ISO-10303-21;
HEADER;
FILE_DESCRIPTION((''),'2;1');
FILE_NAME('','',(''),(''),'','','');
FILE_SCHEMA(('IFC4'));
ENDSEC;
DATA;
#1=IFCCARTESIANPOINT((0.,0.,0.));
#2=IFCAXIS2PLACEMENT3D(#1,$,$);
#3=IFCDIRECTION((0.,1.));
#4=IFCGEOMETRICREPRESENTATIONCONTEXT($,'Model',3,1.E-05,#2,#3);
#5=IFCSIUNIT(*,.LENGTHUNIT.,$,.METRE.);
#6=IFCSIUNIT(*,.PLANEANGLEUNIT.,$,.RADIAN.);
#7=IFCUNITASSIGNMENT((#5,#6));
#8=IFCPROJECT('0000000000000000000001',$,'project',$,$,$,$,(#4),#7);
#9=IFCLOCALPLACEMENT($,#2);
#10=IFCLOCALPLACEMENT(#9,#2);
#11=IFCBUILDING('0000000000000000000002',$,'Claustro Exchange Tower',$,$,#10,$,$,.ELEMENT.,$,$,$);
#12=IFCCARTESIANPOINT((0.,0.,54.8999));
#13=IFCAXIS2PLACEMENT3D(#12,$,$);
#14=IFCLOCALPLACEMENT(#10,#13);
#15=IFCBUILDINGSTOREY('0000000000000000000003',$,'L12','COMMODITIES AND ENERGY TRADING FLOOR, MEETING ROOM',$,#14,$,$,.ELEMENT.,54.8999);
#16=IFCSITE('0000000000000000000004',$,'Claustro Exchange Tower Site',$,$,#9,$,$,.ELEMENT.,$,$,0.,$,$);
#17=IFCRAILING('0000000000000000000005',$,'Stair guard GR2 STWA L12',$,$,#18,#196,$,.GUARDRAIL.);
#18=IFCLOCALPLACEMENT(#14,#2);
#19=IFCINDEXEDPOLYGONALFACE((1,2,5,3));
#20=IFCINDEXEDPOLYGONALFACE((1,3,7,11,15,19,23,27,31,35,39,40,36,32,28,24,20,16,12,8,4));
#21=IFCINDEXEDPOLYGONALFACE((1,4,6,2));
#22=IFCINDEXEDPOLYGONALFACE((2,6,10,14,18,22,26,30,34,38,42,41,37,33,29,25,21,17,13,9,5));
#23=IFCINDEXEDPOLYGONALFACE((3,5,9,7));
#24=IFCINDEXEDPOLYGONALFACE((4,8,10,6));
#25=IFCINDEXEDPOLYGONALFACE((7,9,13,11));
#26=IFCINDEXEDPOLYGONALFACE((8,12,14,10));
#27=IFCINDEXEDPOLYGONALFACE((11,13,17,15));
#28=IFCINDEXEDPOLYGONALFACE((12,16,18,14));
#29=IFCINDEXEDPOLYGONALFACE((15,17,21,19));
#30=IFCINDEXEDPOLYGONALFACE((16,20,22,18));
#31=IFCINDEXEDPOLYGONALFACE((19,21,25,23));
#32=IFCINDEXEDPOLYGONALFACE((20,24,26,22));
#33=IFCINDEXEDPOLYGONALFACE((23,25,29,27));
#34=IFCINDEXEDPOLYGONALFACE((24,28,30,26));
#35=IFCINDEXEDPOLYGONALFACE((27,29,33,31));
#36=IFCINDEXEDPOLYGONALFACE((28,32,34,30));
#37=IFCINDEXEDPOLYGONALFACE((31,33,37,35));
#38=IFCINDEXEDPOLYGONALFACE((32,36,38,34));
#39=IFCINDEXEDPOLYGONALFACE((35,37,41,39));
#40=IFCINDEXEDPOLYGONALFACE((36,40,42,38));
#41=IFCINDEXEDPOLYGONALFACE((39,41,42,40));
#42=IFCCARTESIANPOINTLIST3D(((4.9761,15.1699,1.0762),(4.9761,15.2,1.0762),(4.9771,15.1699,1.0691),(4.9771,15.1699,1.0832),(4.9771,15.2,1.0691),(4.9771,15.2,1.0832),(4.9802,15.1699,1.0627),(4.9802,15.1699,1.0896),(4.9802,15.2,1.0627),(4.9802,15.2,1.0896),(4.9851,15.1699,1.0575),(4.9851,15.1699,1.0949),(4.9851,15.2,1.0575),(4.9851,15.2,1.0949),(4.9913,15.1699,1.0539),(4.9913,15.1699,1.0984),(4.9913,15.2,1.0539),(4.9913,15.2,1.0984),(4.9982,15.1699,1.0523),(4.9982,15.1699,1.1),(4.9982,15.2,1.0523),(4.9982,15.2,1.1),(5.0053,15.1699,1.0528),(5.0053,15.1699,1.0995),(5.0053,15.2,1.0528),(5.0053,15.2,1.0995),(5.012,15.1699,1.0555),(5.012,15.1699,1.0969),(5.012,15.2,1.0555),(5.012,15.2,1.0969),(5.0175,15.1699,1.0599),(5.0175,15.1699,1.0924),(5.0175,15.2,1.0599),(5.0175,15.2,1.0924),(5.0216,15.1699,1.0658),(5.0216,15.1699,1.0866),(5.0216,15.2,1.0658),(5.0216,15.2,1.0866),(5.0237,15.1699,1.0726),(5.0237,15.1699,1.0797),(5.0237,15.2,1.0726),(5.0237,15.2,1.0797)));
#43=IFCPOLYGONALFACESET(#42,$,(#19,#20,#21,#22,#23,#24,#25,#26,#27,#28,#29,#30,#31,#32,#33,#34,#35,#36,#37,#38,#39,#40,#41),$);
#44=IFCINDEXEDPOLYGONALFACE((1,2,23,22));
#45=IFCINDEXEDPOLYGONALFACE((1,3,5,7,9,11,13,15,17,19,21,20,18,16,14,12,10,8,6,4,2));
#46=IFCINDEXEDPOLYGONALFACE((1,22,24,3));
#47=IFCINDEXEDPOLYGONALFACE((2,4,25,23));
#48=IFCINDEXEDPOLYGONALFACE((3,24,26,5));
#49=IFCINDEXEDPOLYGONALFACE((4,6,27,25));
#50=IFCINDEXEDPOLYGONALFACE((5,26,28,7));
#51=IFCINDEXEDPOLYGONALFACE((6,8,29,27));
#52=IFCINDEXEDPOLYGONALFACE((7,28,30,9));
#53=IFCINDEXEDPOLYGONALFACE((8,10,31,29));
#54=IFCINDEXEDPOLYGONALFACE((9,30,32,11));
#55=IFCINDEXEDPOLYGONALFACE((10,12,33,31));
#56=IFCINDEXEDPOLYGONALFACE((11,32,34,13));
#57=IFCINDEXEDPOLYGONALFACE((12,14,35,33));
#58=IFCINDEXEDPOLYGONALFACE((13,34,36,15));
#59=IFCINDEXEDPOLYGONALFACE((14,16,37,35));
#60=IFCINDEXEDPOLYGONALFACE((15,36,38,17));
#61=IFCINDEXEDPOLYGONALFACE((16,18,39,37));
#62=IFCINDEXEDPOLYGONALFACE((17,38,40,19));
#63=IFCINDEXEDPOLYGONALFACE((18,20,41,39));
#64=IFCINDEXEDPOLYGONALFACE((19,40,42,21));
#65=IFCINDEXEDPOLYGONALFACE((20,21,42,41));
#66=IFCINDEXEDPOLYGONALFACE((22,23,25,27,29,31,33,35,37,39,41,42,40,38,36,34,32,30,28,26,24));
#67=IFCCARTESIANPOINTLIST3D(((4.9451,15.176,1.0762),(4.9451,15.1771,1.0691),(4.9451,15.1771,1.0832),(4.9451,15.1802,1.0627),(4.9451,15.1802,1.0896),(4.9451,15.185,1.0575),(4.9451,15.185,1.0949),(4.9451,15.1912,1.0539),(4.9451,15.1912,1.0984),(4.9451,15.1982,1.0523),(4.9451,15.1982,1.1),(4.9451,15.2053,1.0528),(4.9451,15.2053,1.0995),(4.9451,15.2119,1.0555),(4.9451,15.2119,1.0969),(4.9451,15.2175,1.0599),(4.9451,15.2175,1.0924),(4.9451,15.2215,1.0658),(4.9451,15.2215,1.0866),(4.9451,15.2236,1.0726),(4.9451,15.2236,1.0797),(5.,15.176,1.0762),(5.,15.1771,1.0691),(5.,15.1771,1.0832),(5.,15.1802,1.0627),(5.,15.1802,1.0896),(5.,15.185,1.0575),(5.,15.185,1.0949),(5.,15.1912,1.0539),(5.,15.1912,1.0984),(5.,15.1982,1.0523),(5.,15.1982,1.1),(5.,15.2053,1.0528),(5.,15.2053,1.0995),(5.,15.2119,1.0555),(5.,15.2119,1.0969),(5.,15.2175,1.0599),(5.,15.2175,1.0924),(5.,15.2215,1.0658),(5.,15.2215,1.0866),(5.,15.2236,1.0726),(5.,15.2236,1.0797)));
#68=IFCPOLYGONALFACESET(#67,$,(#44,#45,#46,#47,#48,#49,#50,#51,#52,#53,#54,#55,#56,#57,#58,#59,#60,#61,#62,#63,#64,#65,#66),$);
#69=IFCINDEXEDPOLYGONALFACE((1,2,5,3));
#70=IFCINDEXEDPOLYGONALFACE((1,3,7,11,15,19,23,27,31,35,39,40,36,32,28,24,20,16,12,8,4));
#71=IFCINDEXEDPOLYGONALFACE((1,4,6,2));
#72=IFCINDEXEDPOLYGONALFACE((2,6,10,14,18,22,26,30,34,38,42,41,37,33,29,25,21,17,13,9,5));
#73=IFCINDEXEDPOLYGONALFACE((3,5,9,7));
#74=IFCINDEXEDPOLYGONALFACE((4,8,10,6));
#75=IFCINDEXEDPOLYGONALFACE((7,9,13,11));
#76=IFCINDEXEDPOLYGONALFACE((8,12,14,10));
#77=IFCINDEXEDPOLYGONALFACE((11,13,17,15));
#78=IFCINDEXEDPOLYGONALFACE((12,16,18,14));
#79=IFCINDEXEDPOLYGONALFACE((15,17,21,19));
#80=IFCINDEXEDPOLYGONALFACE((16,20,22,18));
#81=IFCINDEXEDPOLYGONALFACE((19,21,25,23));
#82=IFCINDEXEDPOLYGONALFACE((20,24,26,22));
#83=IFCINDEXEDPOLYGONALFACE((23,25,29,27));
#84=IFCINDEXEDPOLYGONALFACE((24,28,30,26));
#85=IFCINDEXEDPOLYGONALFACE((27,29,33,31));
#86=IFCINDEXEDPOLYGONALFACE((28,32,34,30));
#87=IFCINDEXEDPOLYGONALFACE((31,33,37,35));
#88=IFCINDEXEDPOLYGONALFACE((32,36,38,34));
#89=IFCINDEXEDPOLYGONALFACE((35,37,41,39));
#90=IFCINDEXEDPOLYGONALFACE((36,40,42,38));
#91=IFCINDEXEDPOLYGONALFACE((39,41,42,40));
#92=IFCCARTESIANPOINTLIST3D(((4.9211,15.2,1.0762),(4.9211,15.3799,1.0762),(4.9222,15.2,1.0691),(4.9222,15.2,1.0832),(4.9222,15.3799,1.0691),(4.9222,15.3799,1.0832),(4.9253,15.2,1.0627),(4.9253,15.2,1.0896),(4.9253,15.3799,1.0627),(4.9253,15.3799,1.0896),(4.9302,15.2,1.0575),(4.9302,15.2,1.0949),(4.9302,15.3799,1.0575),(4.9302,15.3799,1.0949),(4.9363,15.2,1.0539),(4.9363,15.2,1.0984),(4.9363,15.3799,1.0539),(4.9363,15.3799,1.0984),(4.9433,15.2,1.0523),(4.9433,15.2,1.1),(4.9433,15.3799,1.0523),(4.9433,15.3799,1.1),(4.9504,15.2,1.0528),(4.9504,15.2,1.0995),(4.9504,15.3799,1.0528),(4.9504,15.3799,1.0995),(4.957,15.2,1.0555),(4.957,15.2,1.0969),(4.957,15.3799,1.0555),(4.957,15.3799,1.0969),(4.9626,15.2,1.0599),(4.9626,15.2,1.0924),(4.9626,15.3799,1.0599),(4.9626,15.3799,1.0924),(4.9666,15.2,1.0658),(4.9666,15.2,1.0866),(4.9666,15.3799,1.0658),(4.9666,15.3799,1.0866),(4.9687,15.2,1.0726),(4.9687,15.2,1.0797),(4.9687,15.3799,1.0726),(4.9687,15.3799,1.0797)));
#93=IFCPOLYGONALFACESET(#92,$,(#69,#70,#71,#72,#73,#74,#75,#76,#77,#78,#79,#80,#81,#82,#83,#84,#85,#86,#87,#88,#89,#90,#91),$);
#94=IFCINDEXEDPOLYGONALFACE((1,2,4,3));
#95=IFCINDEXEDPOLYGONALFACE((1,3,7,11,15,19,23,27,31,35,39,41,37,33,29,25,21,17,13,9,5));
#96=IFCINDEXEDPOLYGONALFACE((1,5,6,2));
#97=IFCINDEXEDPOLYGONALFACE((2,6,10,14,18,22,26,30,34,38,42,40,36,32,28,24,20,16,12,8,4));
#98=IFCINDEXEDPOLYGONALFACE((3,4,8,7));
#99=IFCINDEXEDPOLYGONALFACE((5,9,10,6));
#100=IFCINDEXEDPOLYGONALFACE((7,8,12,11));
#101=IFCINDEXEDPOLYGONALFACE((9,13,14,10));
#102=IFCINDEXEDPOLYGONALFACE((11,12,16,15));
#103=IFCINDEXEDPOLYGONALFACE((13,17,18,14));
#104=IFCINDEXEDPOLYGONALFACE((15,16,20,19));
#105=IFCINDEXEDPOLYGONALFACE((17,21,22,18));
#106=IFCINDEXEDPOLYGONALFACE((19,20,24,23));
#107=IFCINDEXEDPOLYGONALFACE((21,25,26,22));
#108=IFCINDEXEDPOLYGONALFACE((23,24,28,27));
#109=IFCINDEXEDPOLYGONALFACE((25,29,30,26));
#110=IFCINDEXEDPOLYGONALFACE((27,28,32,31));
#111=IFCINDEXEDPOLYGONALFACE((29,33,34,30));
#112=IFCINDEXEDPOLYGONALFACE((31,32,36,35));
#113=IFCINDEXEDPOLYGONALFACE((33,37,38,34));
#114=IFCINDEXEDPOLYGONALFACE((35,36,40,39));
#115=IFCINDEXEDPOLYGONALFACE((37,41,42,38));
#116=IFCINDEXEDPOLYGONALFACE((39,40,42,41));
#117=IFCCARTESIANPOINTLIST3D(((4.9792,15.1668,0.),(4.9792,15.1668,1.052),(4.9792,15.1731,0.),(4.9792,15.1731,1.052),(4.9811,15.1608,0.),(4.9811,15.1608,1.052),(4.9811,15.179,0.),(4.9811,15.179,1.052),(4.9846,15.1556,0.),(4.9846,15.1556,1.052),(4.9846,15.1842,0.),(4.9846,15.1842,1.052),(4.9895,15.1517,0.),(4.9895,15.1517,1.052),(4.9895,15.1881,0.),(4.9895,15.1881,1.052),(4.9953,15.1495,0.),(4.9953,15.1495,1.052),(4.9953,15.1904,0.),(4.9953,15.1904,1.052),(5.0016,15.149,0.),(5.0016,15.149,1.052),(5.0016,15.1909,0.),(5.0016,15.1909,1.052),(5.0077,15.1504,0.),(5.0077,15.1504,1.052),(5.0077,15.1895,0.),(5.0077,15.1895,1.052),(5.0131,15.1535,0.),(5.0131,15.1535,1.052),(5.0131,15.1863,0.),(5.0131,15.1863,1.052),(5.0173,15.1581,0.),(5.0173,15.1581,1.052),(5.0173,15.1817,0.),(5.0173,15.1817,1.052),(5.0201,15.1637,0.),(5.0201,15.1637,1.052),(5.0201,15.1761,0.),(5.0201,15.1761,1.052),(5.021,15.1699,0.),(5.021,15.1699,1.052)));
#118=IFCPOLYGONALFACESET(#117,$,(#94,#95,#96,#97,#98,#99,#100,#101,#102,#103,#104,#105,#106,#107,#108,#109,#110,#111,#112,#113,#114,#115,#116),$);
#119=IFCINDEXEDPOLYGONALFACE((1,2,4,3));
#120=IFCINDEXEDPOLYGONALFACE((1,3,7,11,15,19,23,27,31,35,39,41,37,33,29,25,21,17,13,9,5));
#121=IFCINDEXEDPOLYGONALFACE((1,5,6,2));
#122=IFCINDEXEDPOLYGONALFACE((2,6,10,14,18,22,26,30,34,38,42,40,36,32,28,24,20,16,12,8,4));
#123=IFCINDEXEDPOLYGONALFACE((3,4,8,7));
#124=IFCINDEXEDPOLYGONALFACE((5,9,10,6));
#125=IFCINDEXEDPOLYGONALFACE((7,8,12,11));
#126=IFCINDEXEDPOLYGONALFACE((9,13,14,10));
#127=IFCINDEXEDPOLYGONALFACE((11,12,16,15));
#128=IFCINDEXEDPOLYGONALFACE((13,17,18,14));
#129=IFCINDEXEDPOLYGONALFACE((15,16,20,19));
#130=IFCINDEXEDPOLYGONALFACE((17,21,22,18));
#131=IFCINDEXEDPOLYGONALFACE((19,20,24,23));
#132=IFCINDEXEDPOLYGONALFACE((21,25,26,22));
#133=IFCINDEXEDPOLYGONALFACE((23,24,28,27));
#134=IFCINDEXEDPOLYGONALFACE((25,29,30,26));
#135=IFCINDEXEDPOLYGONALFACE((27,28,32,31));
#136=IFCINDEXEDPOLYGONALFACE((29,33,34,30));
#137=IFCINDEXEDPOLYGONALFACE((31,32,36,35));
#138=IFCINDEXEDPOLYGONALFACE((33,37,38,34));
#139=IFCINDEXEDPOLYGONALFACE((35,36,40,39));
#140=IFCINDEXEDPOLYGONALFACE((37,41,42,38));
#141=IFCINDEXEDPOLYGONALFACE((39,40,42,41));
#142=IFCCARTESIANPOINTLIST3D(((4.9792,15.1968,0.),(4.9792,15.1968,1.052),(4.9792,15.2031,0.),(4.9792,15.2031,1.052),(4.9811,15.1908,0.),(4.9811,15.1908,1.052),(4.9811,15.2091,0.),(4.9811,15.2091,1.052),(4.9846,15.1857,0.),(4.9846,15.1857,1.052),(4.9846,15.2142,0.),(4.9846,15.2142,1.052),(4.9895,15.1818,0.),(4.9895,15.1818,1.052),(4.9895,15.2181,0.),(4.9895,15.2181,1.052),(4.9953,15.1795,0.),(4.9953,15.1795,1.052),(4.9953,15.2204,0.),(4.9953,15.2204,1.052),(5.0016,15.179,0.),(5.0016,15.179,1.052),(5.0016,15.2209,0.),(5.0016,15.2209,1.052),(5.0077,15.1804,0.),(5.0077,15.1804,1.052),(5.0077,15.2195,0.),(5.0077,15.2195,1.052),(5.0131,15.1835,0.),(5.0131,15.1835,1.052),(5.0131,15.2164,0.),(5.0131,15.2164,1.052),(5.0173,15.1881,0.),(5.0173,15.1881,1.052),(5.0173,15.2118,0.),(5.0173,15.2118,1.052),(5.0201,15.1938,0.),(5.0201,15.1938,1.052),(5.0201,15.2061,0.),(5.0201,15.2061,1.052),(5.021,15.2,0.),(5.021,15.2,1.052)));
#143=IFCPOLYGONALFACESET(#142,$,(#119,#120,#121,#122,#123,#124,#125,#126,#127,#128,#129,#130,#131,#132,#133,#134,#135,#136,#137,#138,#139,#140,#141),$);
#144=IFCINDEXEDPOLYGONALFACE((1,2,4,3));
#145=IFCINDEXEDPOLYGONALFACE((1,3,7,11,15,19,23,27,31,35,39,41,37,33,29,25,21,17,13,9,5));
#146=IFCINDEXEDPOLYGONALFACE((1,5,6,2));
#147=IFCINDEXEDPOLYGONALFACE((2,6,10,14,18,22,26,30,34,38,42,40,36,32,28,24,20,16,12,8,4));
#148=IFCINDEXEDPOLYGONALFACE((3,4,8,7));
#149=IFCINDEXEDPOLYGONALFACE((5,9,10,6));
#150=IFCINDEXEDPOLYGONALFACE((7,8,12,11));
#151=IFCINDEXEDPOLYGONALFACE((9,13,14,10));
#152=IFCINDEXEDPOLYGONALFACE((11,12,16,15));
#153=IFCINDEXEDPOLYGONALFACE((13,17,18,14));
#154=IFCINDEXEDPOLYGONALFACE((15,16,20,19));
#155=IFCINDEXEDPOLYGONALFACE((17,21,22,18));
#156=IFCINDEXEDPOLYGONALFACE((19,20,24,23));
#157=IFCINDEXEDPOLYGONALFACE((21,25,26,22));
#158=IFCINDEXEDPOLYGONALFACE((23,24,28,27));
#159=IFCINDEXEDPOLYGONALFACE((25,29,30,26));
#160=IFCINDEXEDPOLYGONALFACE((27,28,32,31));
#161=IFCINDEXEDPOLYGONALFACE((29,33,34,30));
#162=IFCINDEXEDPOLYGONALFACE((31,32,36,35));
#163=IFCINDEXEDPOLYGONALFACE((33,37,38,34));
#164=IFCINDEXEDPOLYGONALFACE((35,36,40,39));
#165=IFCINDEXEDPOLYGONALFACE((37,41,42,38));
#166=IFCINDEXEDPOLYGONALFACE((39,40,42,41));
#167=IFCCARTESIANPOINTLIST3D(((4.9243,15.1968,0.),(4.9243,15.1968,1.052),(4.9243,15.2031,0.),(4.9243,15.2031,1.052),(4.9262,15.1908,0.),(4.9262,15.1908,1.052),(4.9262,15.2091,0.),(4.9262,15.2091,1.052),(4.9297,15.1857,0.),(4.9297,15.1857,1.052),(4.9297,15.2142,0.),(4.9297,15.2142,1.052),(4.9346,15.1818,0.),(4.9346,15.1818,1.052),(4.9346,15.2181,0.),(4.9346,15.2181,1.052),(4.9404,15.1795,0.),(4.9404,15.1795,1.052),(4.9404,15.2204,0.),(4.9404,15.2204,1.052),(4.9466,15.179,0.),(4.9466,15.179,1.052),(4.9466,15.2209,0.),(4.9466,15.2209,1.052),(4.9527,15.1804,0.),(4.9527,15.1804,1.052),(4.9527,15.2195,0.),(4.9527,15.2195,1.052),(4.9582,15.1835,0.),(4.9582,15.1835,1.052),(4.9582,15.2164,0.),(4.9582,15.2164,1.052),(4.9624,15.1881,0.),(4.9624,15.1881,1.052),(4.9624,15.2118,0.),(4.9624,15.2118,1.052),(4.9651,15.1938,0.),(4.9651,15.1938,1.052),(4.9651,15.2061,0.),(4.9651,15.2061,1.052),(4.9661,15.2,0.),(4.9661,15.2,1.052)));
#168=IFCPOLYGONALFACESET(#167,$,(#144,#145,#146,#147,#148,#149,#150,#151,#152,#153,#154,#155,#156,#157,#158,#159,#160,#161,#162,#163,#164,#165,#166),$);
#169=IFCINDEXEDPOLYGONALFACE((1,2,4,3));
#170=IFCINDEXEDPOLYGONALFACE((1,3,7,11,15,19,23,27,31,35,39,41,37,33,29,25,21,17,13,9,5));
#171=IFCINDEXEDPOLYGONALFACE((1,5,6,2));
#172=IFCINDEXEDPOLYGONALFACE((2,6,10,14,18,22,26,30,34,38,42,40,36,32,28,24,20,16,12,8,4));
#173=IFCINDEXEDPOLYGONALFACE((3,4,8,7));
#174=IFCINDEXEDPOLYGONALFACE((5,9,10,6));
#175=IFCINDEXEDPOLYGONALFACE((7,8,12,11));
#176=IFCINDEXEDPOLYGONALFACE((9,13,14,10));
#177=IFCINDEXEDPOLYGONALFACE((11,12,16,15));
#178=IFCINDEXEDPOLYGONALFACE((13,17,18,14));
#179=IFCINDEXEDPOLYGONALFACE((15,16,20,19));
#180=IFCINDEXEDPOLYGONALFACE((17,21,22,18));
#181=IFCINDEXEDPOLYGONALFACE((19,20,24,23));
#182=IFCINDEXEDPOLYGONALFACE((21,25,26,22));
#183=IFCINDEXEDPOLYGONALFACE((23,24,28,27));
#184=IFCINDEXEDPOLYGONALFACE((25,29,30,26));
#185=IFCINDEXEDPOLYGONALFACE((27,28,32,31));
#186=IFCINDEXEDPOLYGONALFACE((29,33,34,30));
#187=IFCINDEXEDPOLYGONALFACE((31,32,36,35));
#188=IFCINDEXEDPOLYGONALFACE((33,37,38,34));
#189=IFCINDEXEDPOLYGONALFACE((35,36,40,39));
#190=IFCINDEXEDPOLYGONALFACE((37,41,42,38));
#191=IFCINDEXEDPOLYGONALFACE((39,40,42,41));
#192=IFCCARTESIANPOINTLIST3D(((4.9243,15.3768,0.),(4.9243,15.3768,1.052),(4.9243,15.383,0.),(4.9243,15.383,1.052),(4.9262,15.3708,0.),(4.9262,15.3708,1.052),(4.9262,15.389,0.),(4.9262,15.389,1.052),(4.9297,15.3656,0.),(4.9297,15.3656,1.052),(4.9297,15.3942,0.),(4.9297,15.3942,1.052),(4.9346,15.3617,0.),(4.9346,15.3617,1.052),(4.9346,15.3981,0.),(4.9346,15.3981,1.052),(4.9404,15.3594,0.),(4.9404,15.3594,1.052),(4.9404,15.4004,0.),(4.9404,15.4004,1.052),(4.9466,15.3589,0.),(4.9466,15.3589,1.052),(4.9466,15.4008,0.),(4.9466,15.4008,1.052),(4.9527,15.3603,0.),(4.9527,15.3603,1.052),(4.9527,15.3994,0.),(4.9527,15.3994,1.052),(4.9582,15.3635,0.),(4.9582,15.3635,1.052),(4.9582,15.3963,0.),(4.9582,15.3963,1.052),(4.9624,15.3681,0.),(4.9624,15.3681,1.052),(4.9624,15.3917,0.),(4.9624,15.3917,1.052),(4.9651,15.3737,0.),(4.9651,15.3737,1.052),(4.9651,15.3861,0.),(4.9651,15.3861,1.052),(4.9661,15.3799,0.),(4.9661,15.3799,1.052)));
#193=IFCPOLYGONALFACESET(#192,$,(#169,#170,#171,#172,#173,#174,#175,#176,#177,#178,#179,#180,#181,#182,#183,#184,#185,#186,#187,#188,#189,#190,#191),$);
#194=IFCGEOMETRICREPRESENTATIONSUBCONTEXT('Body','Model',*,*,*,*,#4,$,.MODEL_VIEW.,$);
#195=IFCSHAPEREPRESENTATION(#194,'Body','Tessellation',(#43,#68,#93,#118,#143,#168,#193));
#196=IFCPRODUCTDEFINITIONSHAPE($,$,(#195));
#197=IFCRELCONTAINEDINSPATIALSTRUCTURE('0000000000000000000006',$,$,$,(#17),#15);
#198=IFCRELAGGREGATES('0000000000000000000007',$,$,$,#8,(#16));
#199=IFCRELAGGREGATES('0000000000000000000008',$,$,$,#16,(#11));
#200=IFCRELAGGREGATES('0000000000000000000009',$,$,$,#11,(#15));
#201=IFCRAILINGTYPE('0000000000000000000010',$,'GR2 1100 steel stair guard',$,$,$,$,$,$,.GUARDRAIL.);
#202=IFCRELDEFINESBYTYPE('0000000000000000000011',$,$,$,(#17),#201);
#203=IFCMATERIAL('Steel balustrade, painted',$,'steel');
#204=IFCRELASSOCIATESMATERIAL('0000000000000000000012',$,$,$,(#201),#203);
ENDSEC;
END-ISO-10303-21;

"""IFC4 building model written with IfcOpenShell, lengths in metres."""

from ifc_helpers import new_model, si_unit, direction, frame, origin, origin_2d, place, context, subcontext, project, spatial, circle, extrude, material, type_object, element, save


model = new_model("IFC4")

# Units and contexts
model_context = context("Model", 3, precision=1e-05, world=origin(), true_north=direction((0.0, 1.0)))
body_context = subcontext(model_context, "Body", "Model", "MODEL_VIEW")
ifc_project = project(units=[si_unit("LENGTHUNIT", "METRE"), si_unit("PLANEANGLEUNIT", "RADIAN")], contexts=[model_context])

# Site, building, storey
site_placement = place(None, origin())
site = spatial("IfcSite", under=ifc_project, at=site_placement, Name="Claustro Exchange Tower Site", CompositionType="ELEMENT", RefElevation=0.0)
building_placement = place(site_placement, origin())
building = spatial("IfcBuilding", under=site, at=building_placement, Name="Claustro Exchange Tower", CompositionType="ELEMENT")
storey_placement = place(building_placement, frame((0.0, 0.0, 54.8999)))
storey = spatial("IfcBuildingStorey", under=building, at=storey_placement, Name="L12", Description="COMMODITIES AND ENERGY TRADING FLOOR, MEETING ROOM", CompositionType="ELEMENT", Elevation=54.8999)

# Railing
ifc_material_1 = material(Name="Steel balustrade, painted", Category="steel")
railing_type_1 = type_object("IfcRailingType", Name="GR2 1100 steel stair guard", PredefinedType="GUARDRAIL", material=ifc_material_1)
railing_1_placement = place(storey_placement, frame((5.0, 15.1699, 0.0)))
element("IfcRailing", 1, at=railing_1_placement, inside=storey, type_object=railing_type_1, Name="Stair guard GR2 STWA L12", PredefinedType="GUARDRAIL", context=body_context, shape_type="SweptSolid", body=[
    extrude(circle(Radius=0.0239, at=origin_2d()), frame((0.0, 0.0, 1.0762), z_axis=(0.0, 1.0, 0.0), x_axis=(-1.0, 0.0, 0.0)), (0.0, 0.0, 1.0), 0.03),
    extrude(circle(Radius=0.0239, at=origin_2d()), frame((0.0, 0.03, 1.0762), z_axis=(-1.0, 0.0, 0.0), x_axis=(0.0, -1.0, 0.0)), (0.0, 0.0, 1.0), 0.0549),
    extrude(circle(Radius=0.0239, at=origin_2d()), frame((-0.0549, 0.03, 1.0762), z_axis=(0.0, 1.0, 0.0), x_axis=(-1.0, 0.0, 0.0)), (0.0, 0.0, 1.0), 0.1799),
    extrude(circle(Radius=0.021, at=origin_2d()), origin(), (0.0, 0.0, 1.0), 1.052),
    extrude(circle(Radius=0.021, at=origin_2d()), frame((0.0, 0.03, 0.0)), (0.0, 0.0, 1.0), 1.052),
    extrude(circle(Radius=0.021, at=origin_2d()), frame((-0.0549, 0.03, 0.0)), (0.0, 0.0, 1.0), 1.052),
    extrude(circle(Radius=0.021, at=origin_2d()), frame((-0.0549, 0.21, 0.0)), (0.0, 0.0, 1.0), 1.052),
])

save(model, "model.ifc")
